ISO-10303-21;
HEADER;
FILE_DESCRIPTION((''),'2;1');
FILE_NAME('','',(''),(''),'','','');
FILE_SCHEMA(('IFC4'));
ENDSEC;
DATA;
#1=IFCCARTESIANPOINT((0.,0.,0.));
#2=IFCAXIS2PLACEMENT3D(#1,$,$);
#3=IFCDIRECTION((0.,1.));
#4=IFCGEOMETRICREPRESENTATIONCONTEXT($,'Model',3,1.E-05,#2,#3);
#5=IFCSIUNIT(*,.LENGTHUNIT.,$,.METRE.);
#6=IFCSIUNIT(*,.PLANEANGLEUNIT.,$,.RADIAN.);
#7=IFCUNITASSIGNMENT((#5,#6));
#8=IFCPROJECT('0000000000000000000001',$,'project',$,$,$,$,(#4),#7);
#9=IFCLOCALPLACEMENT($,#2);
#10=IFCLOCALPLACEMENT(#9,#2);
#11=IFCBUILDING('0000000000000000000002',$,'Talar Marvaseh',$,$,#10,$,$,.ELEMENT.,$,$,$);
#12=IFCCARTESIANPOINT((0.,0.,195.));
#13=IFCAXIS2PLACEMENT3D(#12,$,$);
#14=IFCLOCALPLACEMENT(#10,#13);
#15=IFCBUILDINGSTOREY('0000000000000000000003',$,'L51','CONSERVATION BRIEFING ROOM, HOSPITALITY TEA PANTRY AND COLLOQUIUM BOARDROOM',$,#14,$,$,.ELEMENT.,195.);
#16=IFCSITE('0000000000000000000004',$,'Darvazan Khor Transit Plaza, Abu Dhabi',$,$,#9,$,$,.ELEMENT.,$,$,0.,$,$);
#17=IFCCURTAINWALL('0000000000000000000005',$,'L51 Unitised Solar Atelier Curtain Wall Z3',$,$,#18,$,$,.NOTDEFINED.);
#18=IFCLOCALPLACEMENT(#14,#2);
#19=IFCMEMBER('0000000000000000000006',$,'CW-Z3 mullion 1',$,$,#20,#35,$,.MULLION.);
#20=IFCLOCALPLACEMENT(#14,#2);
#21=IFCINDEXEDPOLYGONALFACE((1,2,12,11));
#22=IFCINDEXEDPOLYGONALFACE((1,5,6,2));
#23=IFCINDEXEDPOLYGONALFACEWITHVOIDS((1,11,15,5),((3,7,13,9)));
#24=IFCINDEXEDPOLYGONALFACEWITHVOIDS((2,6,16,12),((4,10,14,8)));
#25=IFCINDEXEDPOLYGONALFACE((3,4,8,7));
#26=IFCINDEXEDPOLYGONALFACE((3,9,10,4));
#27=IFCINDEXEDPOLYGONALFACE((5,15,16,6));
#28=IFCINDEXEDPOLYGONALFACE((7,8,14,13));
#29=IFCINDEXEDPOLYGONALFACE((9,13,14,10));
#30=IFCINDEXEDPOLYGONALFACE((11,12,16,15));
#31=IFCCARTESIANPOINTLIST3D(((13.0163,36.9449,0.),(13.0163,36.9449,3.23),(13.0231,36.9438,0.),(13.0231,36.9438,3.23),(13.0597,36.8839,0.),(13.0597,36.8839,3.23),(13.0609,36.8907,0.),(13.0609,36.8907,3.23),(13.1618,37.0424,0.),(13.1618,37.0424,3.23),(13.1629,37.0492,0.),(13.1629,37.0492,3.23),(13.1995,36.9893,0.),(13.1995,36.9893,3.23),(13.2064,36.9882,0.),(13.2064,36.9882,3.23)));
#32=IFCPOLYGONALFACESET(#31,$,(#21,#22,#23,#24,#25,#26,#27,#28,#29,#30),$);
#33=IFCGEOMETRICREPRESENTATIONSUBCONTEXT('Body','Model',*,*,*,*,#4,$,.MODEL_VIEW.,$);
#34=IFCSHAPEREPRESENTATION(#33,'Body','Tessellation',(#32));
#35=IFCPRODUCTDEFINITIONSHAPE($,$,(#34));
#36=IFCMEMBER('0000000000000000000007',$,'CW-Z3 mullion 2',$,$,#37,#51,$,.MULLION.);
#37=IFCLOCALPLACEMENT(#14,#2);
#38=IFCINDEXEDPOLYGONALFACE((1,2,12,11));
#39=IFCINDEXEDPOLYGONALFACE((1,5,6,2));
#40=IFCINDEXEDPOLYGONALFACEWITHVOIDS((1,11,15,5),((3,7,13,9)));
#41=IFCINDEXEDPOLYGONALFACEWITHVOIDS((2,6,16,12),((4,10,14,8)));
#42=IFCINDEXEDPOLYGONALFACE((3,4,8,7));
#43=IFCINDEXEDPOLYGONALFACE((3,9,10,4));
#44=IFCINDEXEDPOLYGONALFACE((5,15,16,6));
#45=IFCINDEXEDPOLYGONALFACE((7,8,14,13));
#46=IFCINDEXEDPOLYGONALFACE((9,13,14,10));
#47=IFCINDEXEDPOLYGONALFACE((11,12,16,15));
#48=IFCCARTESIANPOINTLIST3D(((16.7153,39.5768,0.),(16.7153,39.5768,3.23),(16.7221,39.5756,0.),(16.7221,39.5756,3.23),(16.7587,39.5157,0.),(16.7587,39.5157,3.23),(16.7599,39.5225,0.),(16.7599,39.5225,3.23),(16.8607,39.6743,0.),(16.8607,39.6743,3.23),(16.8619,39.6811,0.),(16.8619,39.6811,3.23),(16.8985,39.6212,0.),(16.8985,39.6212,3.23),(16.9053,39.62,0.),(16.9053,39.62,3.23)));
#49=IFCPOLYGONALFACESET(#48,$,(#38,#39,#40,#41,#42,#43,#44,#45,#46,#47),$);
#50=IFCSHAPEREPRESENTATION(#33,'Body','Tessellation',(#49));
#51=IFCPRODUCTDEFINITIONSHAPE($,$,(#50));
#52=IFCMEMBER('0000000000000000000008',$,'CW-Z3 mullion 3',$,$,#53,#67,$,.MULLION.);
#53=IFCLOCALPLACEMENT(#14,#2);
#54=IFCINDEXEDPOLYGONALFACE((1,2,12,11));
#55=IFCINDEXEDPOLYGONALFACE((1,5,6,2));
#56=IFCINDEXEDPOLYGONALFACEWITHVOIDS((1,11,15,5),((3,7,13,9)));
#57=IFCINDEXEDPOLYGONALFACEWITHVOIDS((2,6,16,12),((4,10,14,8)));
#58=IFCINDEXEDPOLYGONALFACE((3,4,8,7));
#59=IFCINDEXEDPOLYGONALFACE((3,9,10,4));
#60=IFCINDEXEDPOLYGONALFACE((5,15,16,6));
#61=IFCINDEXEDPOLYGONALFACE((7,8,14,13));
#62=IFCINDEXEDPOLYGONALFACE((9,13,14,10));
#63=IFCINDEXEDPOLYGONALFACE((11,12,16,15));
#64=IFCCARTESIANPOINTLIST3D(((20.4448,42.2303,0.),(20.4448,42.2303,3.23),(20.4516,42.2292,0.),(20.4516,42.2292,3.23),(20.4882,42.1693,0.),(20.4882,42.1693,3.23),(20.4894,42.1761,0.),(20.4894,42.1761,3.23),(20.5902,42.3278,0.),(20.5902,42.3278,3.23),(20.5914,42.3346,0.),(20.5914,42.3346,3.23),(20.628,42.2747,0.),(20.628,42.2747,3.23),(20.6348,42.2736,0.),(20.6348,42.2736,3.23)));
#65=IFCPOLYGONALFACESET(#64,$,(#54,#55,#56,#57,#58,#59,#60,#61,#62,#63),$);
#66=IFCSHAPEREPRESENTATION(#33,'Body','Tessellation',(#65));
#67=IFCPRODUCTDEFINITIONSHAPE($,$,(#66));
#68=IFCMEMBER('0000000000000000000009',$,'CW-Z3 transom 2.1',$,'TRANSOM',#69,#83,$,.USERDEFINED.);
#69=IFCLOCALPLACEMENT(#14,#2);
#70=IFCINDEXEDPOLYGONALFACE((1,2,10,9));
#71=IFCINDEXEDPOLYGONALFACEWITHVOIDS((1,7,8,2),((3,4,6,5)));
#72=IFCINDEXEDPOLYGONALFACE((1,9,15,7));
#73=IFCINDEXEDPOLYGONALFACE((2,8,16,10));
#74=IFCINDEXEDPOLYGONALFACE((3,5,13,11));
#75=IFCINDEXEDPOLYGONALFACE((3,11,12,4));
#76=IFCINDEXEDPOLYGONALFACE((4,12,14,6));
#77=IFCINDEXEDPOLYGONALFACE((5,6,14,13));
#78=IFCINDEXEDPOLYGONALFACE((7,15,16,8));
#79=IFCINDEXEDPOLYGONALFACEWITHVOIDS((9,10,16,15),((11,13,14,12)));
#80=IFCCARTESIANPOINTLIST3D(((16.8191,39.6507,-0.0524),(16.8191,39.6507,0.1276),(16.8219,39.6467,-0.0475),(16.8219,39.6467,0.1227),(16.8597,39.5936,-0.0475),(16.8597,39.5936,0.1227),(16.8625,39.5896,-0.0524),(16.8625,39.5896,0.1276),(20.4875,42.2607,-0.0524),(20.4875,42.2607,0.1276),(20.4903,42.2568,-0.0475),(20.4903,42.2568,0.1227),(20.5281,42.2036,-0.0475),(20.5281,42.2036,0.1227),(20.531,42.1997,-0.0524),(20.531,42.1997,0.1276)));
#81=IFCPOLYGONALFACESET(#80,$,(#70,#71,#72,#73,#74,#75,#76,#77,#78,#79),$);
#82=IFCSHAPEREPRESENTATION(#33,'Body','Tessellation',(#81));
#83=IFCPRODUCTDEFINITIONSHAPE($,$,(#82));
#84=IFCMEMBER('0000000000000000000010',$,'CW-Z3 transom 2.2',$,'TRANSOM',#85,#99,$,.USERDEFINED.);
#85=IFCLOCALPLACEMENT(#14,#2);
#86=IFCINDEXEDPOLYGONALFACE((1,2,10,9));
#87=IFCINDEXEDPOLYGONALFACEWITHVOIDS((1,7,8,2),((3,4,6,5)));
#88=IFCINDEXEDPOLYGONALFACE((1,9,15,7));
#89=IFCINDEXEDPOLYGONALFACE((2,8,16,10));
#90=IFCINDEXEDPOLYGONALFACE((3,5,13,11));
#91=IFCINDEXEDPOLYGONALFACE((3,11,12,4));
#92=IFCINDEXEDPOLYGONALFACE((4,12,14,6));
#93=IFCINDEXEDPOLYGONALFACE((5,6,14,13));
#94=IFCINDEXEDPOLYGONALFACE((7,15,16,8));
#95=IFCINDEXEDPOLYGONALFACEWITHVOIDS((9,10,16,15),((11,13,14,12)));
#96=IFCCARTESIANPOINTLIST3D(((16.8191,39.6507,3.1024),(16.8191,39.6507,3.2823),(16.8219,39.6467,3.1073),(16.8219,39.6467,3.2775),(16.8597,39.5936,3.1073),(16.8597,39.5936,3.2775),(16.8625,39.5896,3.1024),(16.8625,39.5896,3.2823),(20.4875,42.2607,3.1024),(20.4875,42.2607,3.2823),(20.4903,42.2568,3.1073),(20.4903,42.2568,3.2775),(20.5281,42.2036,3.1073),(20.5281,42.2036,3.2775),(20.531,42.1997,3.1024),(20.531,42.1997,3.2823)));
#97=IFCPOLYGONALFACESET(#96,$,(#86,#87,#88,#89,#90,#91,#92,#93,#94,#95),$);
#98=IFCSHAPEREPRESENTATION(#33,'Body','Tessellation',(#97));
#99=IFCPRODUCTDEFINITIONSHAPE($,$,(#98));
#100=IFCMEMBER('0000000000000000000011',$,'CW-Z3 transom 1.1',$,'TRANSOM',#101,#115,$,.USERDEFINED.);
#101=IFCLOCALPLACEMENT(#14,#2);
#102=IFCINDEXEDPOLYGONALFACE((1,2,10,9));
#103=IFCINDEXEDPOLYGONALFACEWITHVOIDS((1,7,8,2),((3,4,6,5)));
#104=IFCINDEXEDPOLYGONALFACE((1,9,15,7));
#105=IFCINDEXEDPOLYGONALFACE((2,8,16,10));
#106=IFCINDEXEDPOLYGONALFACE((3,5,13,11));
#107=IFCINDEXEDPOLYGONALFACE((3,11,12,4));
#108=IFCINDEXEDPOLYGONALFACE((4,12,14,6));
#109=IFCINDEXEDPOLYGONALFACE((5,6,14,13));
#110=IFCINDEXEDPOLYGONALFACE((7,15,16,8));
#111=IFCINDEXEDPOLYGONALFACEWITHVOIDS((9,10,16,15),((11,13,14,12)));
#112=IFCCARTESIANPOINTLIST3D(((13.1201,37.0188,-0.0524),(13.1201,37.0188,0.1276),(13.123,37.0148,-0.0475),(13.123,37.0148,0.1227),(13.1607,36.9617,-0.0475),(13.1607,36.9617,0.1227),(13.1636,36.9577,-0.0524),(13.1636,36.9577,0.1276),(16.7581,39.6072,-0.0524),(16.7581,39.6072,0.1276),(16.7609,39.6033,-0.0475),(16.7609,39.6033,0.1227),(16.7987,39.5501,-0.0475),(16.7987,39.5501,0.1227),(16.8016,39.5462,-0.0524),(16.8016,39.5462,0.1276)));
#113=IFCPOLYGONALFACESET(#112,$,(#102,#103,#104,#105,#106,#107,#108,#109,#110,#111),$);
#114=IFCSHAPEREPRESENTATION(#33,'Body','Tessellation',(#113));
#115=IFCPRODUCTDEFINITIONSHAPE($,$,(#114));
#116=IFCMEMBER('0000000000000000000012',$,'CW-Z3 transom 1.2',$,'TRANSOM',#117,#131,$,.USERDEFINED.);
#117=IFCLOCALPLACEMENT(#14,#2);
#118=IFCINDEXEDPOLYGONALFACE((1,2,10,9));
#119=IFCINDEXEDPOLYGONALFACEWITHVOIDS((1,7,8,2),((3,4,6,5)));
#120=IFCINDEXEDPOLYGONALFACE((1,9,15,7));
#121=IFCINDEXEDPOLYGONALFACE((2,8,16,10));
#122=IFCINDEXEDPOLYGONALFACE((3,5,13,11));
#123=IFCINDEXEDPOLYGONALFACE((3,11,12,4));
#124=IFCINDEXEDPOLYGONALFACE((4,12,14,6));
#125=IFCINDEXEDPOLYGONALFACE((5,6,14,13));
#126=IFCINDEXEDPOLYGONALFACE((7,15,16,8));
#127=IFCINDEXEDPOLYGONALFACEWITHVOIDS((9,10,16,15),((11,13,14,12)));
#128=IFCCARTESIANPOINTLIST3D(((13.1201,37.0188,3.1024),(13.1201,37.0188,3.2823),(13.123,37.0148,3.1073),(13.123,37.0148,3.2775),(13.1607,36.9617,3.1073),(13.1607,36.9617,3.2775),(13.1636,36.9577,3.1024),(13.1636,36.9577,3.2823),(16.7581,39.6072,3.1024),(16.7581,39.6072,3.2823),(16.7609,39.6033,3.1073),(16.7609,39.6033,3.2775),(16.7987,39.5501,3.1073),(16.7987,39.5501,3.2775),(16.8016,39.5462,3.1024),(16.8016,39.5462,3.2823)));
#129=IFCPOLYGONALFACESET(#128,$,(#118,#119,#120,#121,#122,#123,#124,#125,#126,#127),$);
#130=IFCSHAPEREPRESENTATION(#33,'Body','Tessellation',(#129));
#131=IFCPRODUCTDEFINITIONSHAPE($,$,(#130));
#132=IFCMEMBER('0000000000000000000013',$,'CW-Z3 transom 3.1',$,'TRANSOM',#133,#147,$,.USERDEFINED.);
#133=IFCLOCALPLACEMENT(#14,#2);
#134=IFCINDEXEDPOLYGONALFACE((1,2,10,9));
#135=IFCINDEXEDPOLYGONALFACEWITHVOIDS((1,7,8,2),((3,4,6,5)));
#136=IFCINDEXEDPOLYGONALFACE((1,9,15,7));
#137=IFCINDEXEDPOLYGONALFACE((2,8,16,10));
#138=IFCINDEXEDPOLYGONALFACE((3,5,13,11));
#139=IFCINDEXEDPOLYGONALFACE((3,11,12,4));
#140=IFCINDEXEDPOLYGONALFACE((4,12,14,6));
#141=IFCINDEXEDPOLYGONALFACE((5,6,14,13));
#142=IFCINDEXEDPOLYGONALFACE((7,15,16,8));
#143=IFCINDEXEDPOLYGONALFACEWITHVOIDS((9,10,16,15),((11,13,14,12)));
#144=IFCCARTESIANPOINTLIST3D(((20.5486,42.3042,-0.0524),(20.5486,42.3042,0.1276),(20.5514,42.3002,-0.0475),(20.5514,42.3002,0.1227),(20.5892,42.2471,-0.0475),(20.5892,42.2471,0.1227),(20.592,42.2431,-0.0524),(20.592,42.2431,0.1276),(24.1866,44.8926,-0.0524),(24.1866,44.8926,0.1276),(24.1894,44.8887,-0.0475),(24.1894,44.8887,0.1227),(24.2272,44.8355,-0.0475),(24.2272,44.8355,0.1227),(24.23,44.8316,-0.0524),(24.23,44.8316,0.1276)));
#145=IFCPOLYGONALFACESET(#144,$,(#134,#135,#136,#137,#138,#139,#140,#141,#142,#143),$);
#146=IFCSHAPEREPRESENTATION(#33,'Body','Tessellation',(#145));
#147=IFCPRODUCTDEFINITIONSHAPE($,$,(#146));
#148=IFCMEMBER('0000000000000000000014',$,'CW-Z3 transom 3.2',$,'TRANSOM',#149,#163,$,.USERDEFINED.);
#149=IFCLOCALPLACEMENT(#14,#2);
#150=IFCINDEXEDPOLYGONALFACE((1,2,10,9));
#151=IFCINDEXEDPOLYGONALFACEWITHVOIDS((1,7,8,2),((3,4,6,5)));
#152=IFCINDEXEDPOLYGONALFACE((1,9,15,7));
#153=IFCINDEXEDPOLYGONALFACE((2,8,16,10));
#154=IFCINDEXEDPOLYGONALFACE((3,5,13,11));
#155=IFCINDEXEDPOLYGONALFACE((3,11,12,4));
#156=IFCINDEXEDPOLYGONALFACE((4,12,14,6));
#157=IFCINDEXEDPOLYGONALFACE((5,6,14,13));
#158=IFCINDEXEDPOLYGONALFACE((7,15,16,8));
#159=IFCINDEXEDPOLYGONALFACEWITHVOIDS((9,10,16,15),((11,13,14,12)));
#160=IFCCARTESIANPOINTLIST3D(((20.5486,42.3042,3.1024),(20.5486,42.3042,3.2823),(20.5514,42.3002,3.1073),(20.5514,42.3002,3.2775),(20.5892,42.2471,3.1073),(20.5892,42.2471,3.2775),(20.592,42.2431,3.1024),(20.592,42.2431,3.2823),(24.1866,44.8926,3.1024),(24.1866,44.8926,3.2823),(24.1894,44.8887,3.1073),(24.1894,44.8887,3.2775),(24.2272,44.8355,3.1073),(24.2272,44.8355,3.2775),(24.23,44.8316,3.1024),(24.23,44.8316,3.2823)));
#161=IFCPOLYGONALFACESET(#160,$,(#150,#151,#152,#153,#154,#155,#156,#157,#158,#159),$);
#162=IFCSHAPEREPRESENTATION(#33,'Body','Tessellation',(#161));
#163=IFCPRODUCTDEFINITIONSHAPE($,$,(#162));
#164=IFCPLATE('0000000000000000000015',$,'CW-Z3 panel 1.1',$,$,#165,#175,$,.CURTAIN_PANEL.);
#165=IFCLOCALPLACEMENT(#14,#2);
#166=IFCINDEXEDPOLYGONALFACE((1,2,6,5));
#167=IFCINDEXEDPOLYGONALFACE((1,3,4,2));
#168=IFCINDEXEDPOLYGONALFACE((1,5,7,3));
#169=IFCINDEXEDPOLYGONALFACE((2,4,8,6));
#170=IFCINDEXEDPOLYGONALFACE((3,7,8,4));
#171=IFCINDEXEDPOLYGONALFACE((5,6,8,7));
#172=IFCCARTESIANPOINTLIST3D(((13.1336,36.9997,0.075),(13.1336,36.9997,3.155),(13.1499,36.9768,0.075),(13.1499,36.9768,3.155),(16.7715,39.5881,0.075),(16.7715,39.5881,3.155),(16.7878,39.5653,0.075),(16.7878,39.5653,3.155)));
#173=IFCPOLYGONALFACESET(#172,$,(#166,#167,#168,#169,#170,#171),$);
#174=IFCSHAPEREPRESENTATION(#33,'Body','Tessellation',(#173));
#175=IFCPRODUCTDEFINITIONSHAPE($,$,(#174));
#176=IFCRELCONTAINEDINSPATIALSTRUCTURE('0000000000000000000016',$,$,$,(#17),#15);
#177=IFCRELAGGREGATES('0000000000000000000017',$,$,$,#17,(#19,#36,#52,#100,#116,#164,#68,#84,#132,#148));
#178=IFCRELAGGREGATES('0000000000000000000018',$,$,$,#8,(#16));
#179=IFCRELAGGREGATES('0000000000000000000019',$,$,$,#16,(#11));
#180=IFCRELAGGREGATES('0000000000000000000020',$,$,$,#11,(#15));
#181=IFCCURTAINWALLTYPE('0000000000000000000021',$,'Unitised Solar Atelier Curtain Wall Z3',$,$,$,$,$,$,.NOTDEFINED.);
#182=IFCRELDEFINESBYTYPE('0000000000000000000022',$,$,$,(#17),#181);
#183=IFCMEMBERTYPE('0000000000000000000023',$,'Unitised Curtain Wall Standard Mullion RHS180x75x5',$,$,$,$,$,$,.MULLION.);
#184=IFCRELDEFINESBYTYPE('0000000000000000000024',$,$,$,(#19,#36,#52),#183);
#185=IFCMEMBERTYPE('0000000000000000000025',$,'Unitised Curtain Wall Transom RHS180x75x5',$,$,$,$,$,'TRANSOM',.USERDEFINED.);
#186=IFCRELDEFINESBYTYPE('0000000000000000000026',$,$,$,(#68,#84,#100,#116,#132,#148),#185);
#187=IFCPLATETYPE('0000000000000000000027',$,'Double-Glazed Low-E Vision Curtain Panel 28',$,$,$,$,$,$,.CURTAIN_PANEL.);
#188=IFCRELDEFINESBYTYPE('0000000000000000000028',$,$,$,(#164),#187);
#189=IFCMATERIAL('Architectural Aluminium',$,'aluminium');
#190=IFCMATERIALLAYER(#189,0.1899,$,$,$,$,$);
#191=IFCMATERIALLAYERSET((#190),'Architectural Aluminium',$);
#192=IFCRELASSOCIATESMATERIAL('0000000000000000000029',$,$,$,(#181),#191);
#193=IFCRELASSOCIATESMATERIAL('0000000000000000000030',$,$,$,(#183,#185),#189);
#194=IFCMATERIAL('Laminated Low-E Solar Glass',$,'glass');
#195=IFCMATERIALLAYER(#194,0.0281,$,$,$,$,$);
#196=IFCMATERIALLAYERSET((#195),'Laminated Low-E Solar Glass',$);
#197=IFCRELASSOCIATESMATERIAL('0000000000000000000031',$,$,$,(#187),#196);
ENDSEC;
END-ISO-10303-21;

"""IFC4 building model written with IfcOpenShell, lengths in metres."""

from ifc_helpers import new_model, si_unit, direction, frame, origin, origin_2d, place, context, subcontext, project, spatial, rectangle, hollow_rectangle, extrude, source, transform, mapped, material, layer, layer_set, material_profile, profile_set, type_object, type_shapes, element, aggregate, save


model = new_model("IFC4")

# Units and contexts
model_context = context("Model", 3, precision=1e-05, world=origin(), true_north=direction((0.0, 1.0)))
body_context = subcontext(model_context, "Body", "Model", "MODEL_VIEW")
ifc_project = project(units=[si_unit("LENGTHUNIT", "METRE"), si_unit("PLANEANGLEUNIT", "RADIAN")], contexts=[model_context])

# Site, building, storey
site_placement = place(None, origin())
site = spatial("IfcSite", under=ifc_project, at=site_placement, Name="Darvazan Khor Transit Plaza, Abu Dhabi", CompositionType="ELEMENT", RefElevation=0.0)
building_placement = place(site_placement, origin())
building = spatial("IfcBuilding", under=site, at=building_placement, Name="Talar Marvaseh", CompositionType="ELEMENT")
storey_placement = place(building_placement, frame((0.0, 0.0, 195.0)))
storey = spatial("IfcBuildingStorey", under=building, at=storey_placement, Name="L51", Description="CONSERVATION BRIEFING ROOM, HOSPITALITY TEA PANTRY AND COLLOQUIUM BOARDROOM", CompositionType="ELEMENT", Elevation=195.0)

# Curtain wall, members, plate
ifc_material_1 = material(Name="Architectural Aluminium", Category="aluminium")
ifc_layer_1 = layer(ifc_material_1, 0.1899)
ifc_layer_set_1 = layer_set([ifc_layer_1], Name="Architectural Aluminium")
curtain_wall_type = type_object("IfcCurtainWallType", Name="Unitised Solar Atelier Curtain Wall Z3", PredefinedType="NOTDEFINED", material=ifc_layer_set_1)
curtain_wall_placement = place(storey_placement, origin())
curtain_wall = element("IfcCurtainWall", 1, at=curtain_wall_placement, inside=storey, type_object=curtain_wall_type, Name="L51 Unitised Solar Atelier Curtain Wall Z3", PredefinedType="NOTDEFINED")
ifc_material_profile_1 = material_profile(ifc_material_1, hollow_rectangle(XDim=0.075, YDim=0.1799, WallThickness=0.0049, at=origin_2d()), Name="RHS180x75x5")
ifc_profile_set_1 = profile_set([ifc_material_profile_1], Name="Architectural Aluminium")
member_type_1 = type_object("IfcMemberType", Name="Unitised Curtain Wall Standard Mullion RHS180x75x5", PredefinedType="MULLION", material=ifc_profile_set_1)
shared_shape_1 = source(origin(), body_context, "Body", "SweptSolid", [
    extrude(hollow_rectangle(XDim=0.075, YDim=0.1799, WallThickness=0.0049, at=origin_2d()), origin(), (0.0, 0.0, 1.0), 3.23),
])
type_shapes(member_type_1, [shared_shape_1])
member_1_placement = place(storey_placement, frame((13.1113, 36.9666, 0.0), z_axis=(0.0, 0.0, 1.0), x_axis=(-0.57974, 0.814802, 0.0)))
member_1 = element("IfcMember", 2, at=member_1_placement, type_object=member_type_1, Name="CW-Z3 mullion 1", PredefinedType="MULLION", context=body_context, shape_type="MappedRepresentation", body=[
    mapped(shared_shape_1, transform((0.0, 0.0, 0.0), x_axis=(1.0, 0.0, 0.0), y_axis=(0.0, 1.0, 0.0), z_axis=(0.0, 0.0, 1.0), scale=1.0)),
])
member_2_placement = place(storey_placement, frame((16.8103, 39.5984, 0.0), z_axis=(0.0, 0.0, 1.0), x_axis=(-0.57974, 0.814802, 0.0)))
member_2 = element("IfcMember", 3, at=member_2_placement, type_object=member_type_1, Name="CW-Z3 mullion 2", PredefinedType="MULLION", context=body_context, shape_type="MappedRepresentation", body=[
    mapped(shared_shape_1, transform((0.0, 0.0, 0.0), x_axis=(1.0, 0.0, 0.0), y_axis=(0.0, 1.0, 0.0), z_axis=(0.0, 0.0, 1.0), scale=1.0)),
])
member_3_placement = place(storey_placement, frame((20.5398, 42.252, 0.0), z_axis=(0.0, 0.0, 1.0), x_axis=(-0.57974, 0.814802, 0.0)))
member_3 = element("IfcMember", 4, at=member_3_placement, type_object=member_type_1, Name="CW-Z3 mullion 3", PredefinedType="MULLION", context=body_context, shape_type="MappedRepresentation", body=[
    mapped(shared_shape_1, transform((0.0, 0.0, 0.0), x_axis=(1.0, 0.0, 0.0), y_axis=(0.0, 1.0, 0.0), z_axis=(0.0, 0.0, 1.0), scale=1.0)),
])
ifc_material_profile_2 = material_profile(ifc_material_1, hollow_rectangle(XDim=0.075, YDim=0.1799, WallThickness=0.0049, at=origin_2d()), Name="RHS180x75x5")
ifc_profile_set_2 = profile_set([ifc_material_profile_2], Name="Architectural Aluminium")
member_type_2 = type_object("IfcMemberType", Name="Unitised Curtain Wall Transom RHS180x75x5", ElementType="TRANSOM", PredefinedType="USERDEFINED", material=ifc_profile_set_2)
shared_shape_2 = source(origin(), body_context, "Body", "SweptSolid", [
    extrude(hollow_rectangle(XDim=0.075, YDim=0.1799, WallThickness=0.0049, at=origin_2d()), origin(), (0.0, 0.0, 1.0), 4.5022),
])
member_4_placement = place(storey_placement, frame((16.8408, 39.6201, 0.0376), z_axis=(0.814806, 0.579734, 0.0), x_axis=(-0.579734, 0.814806, 0.0)))
member_4 = element("IfcMember", 5, at=member_4_placement, type_object=member_type_2, Name="CW-Z3 transom 2.1", ObjectType="TRANSOM", PredefinedType="USERDEFINED", context=body_context, shape_type="MappedRepresentation", body=[
    mapped(shared_shape_2, transform((0.0, 0.0, 0.0), x_axis=(1.0, 0.0, 0.0), y_axis=(0.0, 1.0, 0.0), z_axis=(0.0, 0.0, 1.0), scale=1.0)),
])
member_5_placement = place(storey_placement, frame((16.8408, 39.6201, 3.1924), z_axis=(0.814806, 0.579734, 0.0), x_axis=(-0.579734, 0.814806, 0.0)))
member_5 = element("IfcMember", 6, at=member_5_placement, type_object=member_type_2, Name="CW-Z3 transom 2.2", ObjectType="TRANSOM", PredefinedType="USERDEFINED", context=body_context, shape_type="MappedRepresentation", body=[
    mapped(shared_shape_2, transform((0.0, 0.0, 0.0), x_axis=(1.0, 0.0, 0.0), y_axis=(0.0, 1.0, 0.0), z_axis=(0.0, 0.0, 1.0), scale=1.0)),
])
shared_shape_3 = source(origin(), body_context, "Body", "SweptSolid", [
    extrude(hollow_rectangle(XDim=0.075, YDim=0.1799, WallThickness=0.0049, at=origin_2d()), origin(), (0.0, 0.0, 1.0), 4.4648),
])
type_shapes(member_type_2, [shared_shape_2, shared_shape_3])
member_6_placement = place(storey_placement, frame((13.1418, 36.9883, 0.0376), z_axis=(0.814807, 0.579732, 0.0), x_axis=(-0.579732, 0.814807, 0.0)))
member_6 = element("IfcMember", 7, at=member_6_placement, type_object=member_type_2, Name="CW-Z3 transom 1.1", ObjectType="TRANSOM", PredefinedType="USERDEFINED", context=body_context, shape_type="MappedRepresentation", body=[
    mapped(shared_shape_3, transform((0.0, 0.0, 0.0), x_axis=(1.0, 0.0, 0.0), y_axis=(0.0, 1.0, 0.0), z_axis=(0.0, 0.0, 1.0), scale=1.0)),
])
member_7_placement = place(storey_placement, frame((13.1418, 36.9883, 3.1924), z_axis=(0.814807, 0.579732, 0.0), x_axis=(-0.579732, 0.814807, 0.0)))
member_7 = element("IfcMember", 8, at=member_7_placement, type_object=member_type_2, Name="CW-Z3 transom 1.2", ObjectType="TRANSOM", PredefinedType="USERDEFINED", context=body_context, shape_type="MappedRepresentation", body=[
    mapped(shared_shape_3, transform((0.0, 0.0, 0.0), x_axis=(1.0, 0.0, 0.0), y_axis=(0.0, 1.0, 0.0), z_axis=(0.0, 0.0, 1.0), scale=1.0)),
])
member_8_placement = place(storey_placement, frame((20.5703, 42.2737, 0.0376), z_axis=(0.814807, 0.579732, 0.0), x_axis=(-0.579732, 0.814807, 0.0)))
member_8 = element("IfcMember", 9, at=member_8_placement, type_object=member_type_2, Name="CW-Z3 transom 3.1", ObjectType="TRANSOM", PredefinedType="USERDEFINED", context=body_context, shape_type="MappedRepresentation", body=[
    mapped(shared_shape_3, transform((0.0, 0.0, 0.0), x_axis=(1.0, 0.0, 0.0), y_axis=(0.0, 1.0, 0.0), z_axis=(0.0, 0.0, 1.0), scale=1.0)),
])
member_9_placement = place(storey_placement, frame((20.5703, 42.2737, 3.1924), z_axis=(0.814807, 0.579732, 0.0), x_axis=(-0.579732, 0.814807, 0.0)))
member_9 = element("IfcMember", 10, at=member_9_placement, type_object=member_type_2, Name="CW-Z3 transom 3.2", ObjectType="TRANSOM", PredefinedType="USERDEFINED", context=body_context, shape_type="MappedRepresentation", body=[
    mapped(shared_shape_3, transform((0.0, 0.0, 0.0), x_axis=(1.0, 0.0, 0.0), y_axis=(0.0, 1.0, 0.0), z_axis=(0.0, 0.0, 1.0), scale=1.0)),
])
ifc_material_2 = material(Name="Laminated Low-E Solar Glass", Category="glass")
ifc_layer_2 = layer(ifc_material_2, 0.0281)
ifc_layer_set_2 = layer_set([ifc_layer_2], Name="Laminated Low-E Solar Glass")
plate_type = type_object("IfcPlateType", Name="Double-Glazed Low-E Vision Curtain Panel 28", PredefinedType="CURTAIN_PANEL", material=ifc_layer_set_2)
shared_shape_4 = source(origin(), body_context, "Body", "SweptSolid", [
    extrude(rectangle(XDim=4.4648, YDim=0.0281, at=origin_2d()), origin(), (0.0, 0.0, 1.0), 3.0801),
])
plate_1_placement = place(storey_placement, frame((14.9607, 38.2825, 0.075), z_axis=(0.0, 0.0, 1.0), x_axis=(0.814802, 0.57974, 0.0)))
plate_1 = element("IfcPlate", 11, at=plate_1_placement, type_object=plate_type, Name="CW-Z3 panel 1.1", PredefinedType="CURTAIN_PANEL", context=body_context, shape_type="MappedRepresentation", body=[
    mapped(shared_shape_4, transform((0.0, 0.0, 0.0), x_axis=(1.0, 0.0, 0.0), y_axis=(0.0, 1.0, 0.0), z_axis=(0.0, 0.0, 1.0), scale=1.0)),
])
aggregate(curtain_wall, [member_1, member_2, member_3, member_6, member_7, plate_1, member_4, member_5, member_8, member_9])

save(model, "model.ifc")
